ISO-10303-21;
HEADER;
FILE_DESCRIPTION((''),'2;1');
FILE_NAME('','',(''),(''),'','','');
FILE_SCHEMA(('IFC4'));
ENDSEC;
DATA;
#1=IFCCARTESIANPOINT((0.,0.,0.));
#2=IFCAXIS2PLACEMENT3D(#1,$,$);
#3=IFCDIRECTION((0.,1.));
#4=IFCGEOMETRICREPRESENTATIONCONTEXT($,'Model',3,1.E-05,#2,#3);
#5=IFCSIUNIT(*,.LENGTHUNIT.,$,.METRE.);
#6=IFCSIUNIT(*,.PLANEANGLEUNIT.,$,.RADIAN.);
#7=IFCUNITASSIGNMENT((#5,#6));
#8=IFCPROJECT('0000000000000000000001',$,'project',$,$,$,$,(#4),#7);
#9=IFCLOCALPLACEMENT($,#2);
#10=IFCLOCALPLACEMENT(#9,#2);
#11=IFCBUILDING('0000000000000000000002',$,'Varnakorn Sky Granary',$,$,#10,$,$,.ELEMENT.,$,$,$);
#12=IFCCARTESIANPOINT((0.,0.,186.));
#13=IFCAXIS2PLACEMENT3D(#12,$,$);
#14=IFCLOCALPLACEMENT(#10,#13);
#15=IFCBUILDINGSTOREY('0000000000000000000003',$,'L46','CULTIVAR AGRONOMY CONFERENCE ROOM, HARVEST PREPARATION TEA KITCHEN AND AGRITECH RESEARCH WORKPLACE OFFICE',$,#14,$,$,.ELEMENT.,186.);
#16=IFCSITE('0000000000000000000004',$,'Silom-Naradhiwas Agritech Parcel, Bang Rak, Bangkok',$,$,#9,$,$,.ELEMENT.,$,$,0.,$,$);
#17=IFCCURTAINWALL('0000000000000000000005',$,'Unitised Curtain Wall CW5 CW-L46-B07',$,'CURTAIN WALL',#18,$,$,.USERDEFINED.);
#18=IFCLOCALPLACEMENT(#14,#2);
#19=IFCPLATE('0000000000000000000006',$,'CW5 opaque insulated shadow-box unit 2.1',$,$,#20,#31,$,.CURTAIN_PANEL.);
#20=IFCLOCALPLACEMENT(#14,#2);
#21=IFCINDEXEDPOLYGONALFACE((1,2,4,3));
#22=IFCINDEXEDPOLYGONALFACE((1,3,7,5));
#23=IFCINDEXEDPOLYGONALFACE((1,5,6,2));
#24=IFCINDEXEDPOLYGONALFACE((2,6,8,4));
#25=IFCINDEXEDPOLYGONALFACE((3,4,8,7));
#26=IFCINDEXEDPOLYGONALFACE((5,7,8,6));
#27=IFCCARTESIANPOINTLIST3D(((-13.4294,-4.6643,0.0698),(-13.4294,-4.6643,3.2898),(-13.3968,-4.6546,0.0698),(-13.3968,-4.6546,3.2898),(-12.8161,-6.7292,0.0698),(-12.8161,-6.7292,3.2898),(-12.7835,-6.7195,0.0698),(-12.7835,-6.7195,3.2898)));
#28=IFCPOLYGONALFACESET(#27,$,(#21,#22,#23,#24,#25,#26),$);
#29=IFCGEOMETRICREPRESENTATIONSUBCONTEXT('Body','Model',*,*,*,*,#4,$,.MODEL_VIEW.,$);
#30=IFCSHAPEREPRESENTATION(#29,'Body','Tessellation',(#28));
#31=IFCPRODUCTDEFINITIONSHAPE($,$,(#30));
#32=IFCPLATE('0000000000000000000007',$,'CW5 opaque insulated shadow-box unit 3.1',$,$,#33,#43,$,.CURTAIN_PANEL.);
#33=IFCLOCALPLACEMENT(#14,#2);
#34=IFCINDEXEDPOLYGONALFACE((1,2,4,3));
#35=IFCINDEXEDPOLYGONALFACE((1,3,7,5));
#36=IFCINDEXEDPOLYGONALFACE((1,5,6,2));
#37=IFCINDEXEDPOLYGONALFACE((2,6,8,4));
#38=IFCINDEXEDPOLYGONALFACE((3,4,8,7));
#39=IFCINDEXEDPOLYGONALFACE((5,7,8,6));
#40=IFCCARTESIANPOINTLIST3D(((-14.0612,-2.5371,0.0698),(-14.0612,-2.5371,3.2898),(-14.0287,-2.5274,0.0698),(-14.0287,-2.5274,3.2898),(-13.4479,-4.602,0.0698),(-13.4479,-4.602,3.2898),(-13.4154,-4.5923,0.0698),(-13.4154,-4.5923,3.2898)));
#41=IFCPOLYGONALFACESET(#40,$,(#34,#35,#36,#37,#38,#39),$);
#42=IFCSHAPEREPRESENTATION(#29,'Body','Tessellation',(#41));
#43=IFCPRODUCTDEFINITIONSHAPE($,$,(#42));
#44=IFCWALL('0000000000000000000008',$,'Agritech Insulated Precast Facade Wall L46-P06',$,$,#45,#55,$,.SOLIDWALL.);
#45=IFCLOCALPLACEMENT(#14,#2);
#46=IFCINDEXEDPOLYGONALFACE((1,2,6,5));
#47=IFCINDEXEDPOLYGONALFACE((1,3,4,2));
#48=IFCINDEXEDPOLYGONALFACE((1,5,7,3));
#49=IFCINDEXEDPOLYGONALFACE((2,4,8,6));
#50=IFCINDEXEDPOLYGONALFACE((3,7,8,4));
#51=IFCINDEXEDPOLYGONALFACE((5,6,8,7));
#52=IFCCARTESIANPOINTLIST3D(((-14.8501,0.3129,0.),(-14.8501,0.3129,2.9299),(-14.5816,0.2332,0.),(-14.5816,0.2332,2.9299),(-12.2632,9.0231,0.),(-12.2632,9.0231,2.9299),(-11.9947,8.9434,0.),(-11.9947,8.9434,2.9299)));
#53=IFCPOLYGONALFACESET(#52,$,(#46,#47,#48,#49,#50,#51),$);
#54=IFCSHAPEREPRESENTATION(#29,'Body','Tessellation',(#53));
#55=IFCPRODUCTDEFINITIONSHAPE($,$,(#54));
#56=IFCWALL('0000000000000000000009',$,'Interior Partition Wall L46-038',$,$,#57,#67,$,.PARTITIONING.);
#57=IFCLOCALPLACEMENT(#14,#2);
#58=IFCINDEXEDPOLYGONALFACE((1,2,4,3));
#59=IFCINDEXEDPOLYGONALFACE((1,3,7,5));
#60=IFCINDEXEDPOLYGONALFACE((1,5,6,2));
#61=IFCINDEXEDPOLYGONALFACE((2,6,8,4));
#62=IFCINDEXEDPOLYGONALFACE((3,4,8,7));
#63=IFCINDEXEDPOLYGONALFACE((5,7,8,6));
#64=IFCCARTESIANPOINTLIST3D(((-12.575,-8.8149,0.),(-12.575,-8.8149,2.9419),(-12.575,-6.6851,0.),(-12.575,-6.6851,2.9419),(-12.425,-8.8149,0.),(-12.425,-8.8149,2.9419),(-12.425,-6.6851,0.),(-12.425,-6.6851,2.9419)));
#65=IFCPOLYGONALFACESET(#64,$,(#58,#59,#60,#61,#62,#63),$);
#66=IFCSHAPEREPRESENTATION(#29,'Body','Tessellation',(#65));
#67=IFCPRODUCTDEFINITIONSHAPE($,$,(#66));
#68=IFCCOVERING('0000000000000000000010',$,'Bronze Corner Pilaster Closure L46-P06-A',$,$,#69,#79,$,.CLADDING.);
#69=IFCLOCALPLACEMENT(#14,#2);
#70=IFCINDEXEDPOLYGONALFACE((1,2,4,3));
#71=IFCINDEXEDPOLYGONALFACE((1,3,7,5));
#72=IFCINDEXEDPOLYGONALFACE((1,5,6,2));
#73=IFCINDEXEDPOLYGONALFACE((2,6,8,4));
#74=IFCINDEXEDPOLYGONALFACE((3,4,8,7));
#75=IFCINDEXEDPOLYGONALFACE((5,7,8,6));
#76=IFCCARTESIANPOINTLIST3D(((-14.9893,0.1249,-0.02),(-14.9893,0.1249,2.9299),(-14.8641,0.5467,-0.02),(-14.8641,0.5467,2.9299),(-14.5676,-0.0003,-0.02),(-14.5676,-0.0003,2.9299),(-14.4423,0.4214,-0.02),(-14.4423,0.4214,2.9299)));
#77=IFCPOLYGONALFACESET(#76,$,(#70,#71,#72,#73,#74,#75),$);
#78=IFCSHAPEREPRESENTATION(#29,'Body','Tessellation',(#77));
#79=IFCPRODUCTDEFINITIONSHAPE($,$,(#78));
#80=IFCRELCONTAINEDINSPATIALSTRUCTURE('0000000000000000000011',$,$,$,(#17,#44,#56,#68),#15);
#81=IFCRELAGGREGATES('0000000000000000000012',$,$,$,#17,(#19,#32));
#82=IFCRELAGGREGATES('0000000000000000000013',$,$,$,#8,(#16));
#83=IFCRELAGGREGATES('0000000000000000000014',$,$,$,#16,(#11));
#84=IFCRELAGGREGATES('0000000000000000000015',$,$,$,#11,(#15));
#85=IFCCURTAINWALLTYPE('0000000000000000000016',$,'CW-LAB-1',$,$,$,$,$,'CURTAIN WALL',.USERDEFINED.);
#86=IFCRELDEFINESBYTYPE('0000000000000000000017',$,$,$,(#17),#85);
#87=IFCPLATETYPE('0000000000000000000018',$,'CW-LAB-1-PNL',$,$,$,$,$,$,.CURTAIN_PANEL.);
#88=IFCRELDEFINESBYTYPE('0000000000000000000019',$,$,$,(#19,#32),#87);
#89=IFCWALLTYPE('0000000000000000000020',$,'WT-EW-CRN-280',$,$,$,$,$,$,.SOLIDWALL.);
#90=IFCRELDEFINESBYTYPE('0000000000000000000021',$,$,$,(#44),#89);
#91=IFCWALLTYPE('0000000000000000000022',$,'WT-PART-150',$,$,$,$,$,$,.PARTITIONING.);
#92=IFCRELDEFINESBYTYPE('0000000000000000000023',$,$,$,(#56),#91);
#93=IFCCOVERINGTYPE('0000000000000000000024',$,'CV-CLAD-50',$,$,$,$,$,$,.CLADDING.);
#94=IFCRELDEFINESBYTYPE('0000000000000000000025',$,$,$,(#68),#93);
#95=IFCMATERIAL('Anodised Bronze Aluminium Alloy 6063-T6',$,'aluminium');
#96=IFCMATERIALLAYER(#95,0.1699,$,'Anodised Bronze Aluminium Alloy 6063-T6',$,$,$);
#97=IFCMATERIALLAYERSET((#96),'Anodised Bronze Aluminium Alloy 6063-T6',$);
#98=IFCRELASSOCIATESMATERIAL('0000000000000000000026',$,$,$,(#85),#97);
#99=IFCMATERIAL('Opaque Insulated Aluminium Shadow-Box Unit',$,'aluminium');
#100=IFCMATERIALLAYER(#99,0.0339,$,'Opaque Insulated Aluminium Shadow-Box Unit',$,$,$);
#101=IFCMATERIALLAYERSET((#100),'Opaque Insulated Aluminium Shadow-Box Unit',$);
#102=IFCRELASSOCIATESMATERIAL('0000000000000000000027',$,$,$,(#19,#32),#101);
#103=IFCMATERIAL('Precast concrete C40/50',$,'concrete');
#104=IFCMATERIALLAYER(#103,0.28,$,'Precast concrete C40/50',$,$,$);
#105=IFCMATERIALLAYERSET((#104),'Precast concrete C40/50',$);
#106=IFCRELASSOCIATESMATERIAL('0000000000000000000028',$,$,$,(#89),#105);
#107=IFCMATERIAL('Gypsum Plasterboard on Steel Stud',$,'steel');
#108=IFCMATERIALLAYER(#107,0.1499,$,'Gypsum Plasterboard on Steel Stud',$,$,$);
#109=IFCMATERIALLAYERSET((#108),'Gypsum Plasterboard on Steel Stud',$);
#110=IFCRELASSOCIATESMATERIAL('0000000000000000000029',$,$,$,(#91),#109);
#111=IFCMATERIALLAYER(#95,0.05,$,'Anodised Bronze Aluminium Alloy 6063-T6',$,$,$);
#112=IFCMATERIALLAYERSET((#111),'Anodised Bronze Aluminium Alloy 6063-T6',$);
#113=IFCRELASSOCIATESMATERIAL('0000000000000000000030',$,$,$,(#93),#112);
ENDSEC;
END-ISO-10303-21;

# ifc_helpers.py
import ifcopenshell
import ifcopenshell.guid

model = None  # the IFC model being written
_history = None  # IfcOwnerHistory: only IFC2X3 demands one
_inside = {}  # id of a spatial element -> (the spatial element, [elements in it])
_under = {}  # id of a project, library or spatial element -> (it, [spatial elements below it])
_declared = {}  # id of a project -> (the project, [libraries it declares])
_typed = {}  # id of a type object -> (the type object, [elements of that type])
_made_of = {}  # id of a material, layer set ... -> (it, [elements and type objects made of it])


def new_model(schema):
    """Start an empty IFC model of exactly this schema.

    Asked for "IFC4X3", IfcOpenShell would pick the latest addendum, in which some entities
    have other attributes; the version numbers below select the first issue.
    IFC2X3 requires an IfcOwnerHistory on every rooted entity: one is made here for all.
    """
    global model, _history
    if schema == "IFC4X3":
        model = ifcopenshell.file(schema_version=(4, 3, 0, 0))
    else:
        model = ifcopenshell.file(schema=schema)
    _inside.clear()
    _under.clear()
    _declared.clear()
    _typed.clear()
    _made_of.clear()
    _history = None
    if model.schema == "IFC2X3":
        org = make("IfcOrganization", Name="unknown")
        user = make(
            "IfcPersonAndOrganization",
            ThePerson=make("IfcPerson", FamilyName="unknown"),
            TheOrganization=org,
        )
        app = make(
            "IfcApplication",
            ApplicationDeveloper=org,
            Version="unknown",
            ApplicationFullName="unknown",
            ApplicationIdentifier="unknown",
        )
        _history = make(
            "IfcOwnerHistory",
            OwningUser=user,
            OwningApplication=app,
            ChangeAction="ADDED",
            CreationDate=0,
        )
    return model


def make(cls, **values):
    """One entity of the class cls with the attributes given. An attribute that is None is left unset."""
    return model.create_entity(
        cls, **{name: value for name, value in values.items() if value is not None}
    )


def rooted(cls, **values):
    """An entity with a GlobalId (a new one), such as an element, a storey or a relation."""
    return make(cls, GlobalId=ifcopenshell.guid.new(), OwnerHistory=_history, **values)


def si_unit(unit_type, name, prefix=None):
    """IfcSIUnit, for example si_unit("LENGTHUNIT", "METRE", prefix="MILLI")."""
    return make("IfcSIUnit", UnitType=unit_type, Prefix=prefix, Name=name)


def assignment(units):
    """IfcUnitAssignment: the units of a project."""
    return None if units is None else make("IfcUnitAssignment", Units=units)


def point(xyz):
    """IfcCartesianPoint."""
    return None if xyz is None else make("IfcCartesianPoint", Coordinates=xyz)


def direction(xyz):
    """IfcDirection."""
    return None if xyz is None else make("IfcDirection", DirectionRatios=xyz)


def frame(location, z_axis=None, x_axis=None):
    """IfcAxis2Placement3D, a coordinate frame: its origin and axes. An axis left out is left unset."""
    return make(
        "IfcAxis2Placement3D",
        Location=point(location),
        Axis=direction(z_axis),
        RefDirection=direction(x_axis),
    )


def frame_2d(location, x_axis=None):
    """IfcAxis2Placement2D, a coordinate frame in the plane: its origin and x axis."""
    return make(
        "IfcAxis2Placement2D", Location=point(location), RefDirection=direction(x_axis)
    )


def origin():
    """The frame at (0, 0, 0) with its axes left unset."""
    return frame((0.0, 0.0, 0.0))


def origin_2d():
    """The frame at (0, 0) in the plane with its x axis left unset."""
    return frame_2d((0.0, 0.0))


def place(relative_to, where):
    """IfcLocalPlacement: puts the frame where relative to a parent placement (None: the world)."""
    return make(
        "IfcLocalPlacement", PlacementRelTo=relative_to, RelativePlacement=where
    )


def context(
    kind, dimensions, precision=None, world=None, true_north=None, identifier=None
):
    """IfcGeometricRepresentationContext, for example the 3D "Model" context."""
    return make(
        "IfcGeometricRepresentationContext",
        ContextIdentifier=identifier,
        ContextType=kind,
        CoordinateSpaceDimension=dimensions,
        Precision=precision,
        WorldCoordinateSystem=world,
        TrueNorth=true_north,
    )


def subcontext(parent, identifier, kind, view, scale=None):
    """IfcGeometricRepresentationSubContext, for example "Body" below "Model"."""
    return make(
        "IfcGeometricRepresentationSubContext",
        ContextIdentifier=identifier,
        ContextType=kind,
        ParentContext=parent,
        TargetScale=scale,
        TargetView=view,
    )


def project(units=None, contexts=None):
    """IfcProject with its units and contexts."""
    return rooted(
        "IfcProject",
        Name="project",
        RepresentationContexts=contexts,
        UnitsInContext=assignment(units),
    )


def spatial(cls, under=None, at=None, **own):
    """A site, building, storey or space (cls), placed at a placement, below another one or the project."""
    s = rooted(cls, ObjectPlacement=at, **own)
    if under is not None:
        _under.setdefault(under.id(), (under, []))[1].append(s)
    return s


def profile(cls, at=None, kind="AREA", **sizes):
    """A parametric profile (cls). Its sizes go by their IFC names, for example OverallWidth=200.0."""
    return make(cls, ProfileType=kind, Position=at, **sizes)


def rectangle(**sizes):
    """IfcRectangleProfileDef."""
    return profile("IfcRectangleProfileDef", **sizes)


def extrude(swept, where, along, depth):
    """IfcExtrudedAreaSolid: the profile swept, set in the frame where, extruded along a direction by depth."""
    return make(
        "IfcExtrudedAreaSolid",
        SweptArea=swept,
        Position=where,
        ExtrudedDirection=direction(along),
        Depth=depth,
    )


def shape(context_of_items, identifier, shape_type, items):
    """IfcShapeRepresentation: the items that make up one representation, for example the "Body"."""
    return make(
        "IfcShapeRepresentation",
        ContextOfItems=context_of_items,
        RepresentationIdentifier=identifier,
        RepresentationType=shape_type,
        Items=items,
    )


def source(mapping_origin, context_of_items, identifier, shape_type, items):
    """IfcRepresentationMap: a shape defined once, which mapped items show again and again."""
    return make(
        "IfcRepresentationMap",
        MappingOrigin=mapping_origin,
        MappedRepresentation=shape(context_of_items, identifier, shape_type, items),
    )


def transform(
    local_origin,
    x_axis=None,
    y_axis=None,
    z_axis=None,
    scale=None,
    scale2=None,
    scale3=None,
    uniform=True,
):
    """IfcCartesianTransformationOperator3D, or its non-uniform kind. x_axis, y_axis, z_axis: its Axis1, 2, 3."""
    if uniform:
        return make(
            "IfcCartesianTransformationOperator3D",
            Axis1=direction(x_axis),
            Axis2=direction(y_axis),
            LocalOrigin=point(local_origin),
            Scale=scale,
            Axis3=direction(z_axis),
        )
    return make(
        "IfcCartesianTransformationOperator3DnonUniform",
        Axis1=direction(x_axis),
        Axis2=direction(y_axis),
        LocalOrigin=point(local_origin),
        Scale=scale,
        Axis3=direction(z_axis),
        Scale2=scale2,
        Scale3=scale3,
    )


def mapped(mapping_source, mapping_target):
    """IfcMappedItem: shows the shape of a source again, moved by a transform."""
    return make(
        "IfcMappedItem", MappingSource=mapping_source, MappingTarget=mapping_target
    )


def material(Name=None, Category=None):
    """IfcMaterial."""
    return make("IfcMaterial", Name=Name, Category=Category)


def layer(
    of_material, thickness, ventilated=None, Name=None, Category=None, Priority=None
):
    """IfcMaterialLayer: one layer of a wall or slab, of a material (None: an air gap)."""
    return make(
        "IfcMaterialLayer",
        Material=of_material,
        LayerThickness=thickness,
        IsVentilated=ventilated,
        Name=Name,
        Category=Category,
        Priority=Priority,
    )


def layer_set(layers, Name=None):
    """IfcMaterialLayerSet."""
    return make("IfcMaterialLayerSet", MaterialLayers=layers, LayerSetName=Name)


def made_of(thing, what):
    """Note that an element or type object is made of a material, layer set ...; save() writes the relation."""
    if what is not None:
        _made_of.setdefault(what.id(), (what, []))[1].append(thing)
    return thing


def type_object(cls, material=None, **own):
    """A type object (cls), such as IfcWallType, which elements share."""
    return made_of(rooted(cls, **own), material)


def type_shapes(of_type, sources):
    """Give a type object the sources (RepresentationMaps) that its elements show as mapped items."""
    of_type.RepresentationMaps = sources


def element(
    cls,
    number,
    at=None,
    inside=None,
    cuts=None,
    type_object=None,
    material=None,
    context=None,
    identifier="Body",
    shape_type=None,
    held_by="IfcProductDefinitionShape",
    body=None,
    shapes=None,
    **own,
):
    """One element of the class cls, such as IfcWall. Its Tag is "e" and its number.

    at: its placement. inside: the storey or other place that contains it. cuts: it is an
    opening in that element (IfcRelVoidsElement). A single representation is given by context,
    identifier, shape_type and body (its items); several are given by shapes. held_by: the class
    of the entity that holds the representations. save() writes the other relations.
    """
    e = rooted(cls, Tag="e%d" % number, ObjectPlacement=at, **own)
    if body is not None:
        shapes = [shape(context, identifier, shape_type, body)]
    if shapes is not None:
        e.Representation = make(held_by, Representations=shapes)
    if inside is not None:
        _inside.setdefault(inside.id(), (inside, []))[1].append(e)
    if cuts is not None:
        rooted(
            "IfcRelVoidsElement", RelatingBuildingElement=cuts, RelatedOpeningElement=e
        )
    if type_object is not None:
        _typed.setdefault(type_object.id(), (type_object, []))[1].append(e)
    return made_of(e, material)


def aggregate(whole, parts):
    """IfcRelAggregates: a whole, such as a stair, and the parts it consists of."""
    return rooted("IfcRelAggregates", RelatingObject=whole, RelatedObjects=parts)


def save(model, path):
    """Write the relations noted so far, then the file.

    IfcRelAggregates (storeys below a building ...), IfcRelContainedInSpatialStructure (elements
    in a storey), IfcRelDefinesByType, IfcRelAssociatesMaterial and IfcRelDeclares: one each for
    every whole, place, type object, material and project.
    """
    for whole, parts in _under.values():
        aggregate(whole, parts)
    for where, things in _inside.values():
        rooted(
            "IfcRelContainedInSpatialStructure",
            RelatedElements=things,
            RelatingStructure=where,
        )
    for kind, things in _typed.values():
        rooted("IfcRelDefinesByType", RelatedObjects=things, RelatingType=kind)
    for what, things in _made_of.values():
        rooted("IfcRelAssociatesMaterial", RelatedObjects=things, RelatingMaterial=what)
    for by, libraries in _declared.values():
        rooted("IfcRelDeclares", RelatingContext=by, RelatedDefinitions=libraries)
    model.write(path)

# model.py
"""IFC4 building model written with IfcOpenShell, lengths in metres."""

from ifc_helpers import new_model, si_unit, direction, frame, frame_2d, origin, origin_2d, place, context, subcontext, project, spatial, rectangle, extrude, source, transform, mapped, material, layer, layer_set, type_object, type_shapes, element, aggregate, save


model = new_model("IFC4")

# Units and contexts
model_context = context("Model", 3, precision=1e-05, world=origin(), true_north=direction((0.0, 1.0)))
body_context = subcontext(model_context, "Body", "Model", "MODEL_VIEW")
ifc_project = project(units=[si_unit("LENGTHUNIT", "METRE"), si_unit("PLANEANGLEUNIT", "RADIAN")], contexts=[model_context])

# Site, building, storey
site_placement = place(None, origin())
site = spatial("IfcSite", under=ifc_project, at=site_placement, Name="Silom-Naradhiwas Agritech Parcel, Bang Rak, Bangkok", CompositionType="ELEMENT", RefElevation=0.0)
building_placement = place(site_placement, origin())
building = spatial("IfcBuilding", under=site, at=building_placement, Name="Varnakorn Sky Granary", CompositionType="ELEMENT")
storey_placement = place(building_placement, frame((0.0, 0.0, 186.0)))
storey = spatial("IfcBuildingStorey", under=building, at=storey_placement, Name="L46", Description="CULTIVAR AGRONOMY CONFERENCE ROOM, HARVEST PREPARATION TEA KITCHEN AND AGRITECH RESEARCH WORKPLACE OFFICE", CompositionType="ELEMENT", Elevation=186.0)

# Curtain wall
ifc_material_1 = material(Name="Anodised Bronze Aluminium Alloy 6063-T6", Category="aluminium")
ifc_layer_1 = layer(ifc_material_1, 0.1699, Name="Anodised Bronze Aluminium Alloy 6063-T6")
ifc_layer_set_1 = layer_set([ifc_layer_1], Name="Anodised Bronze Aluminium Alloy 6063-T6")
curtain_wall_type = type_object("IfcCurtainWallType", Name="CW-LAB-1", ElementType="CURTAIN WALL", PredefinedType="USERDEFINED", material=ifc_layer_set_1)
curtain_wall_placement = place(storey_placement, origin())
curtain_wall = element("IfcCurtainWall", 1, at=curtain_wall_placement, inside=storey, type_object=curtain_wall_type, Name="Unitised Curtain Wall CW5 CW-L46-B07", ObjectType="CURTAIN WALL", PredefinedType="USERDEFINED")

# Plates
plate_type = type_object("IfcPlateType", Name="CW-LAB-1-PNL", PredefinedType="CURTAIN_PANEL")
ifc_material_2 = material(Name="Opaque Insulated Aluminium Shadow-Box Unit", Category="aluminium")
ifc_layer_2 = layer(ifc_material_2, 0.0339, Name="Opaque Insulated Aluminium Shadow-Box Unit")
ifc_layer_set_2 = layer_set([ifc_layer_2], Name="Opaque Insulated Aluminium Shadow-Box Unit")
shared_shape_1 = source(origin(), body_context, "Body", "SweptSolid", [
    extrude(rectangle(XDim=2.1541, YDim=0.0339, at=origin_2d()), origin(), (0.0, 0.0, 1.0), 3.22),
])
plate_1_placement = place(storey_placement, frame((-13.1064, -5.6919, 0.0698), z_axis=(0.0, 0.0, 1.0), x_axis=(-0.28471, 0.958614, 0.0)))
plate_1 = element("IfcPlate", 2, at=plate_1_placement, type_object=plate_type, material=ifc_layer_set_2, Name="CW5 opaque insulated shadow-box unit 2.1", PredefinedType="CURTAIN_PANEL", context=body_context, shape_type="MappedRepresentation", body=[
    mapped(shared_shape_1, transform((0.0, 0.0, 0.0), x_axis=(1.0, 0.0, 0.0), y_axis=(0.0, 1.0, 0.0), z_axis=(0.0, 0.0, 1.0), scale=1.0)),
])
plate_2_placement = place(storey_placement, frame((-13.7383, -3.5647, 0.0698), z_axis=(0.0, 0.0, 1.0), x_axis=(-0.28471, 0.958614, 0.0)))
plate_2 = element("IfcPlate", 3, at=plate_2_placement, type_object=plate_type, material=ifc_layer_set_2, Name="CW5 opaque insulated shadow-box unit 3.1", PredefinedType="CURTAIN_PANEL", context=body_context, shape_type="MappedRepresentation", body=[
    mapped(shared_shape_1, transform((0.0, 0.0, 0.0), x_axis=(1.0, 0.0, 0.0), y_axis=(0.0, 1.0, 0.0), z_axis=(0.0, 0.0, 1.0), scale=1.0)),
])
aggregate(curtain_wall, [plate_1, plate_2])

# Walls
ifc_material_3 = material(Name="Precast concrete C40/50", Category="concrete")
ifc_layer_3 = layer(ifc_material_3, 0.28, Name="Precast concrete C40/50")
ifc_layer_set_3 = layer_set([ifc_layer_3], Name="Precast concrete C40/50")
wall_type_1 = type_object("IfcWallType", Name="WT-EW-CRN-280", PredefinedType="SOLIDWALL", material=ifc_layer_set_3)
wall_1_placement = place(storey_placement, frame((-14.7158, 0.2732, 0.0), z_axis=(0.0, 0.0, 1.0), x_axis=(0.284707, 0.958615, 0.0)))
element("IfcWall", 4, at=wall_1_placement, inside=storey, type_object=wall_type_1, Name="Agritech Insulated Precast Facade Wall L46-P06", PredefinedType="SOLIDWALL", context=body_context, shape_type="SweptSolid", body=[
    extrude(rectangle(XDim=9.0862, YDim=0.28, at=frame_2d((4.543, 0.0))), origin(), (0.0, 0.0, 1.0), 2.9299),
])
ifc_material_4 = material(Name="Gypsum Plasterboard on Steel Stud", Category="steel")
ifc_layer_4 = layer(ifc_material_4, 0.1499, Name="Gypsum Plasterboard on Steel Stud")
ifc_layer_set_4 = layer_set([ifc_layer_4], Name="Gypsum Plasterboard on Steel Stud")
wall_type_2 = type_object("IfcWallType", Name="WT-PART-150", PredefinedType="PARTITIONING", material=ifc_layer_set_4)
wall_2_placement = place(storey_placement, frame((-12.5, -6.6851, 0.0), z_axis=(0.0, 0.0, 1.0), x_axis=(0.0, -1.0, 0.0)))
element("IfcWall", 5, at=wall_2_placement, inside=storey, type_object=wall_type_2, Name="Interior Partition Wall L46-038", PredefinedType="PARTITIONING", context=body_context, shape_type="SweptSolid", body=[
    extrude(rectangle(XDim=2.1299, YDim=0.1499, at=frame_2d((1.0649, 0.0))), origin(), (0.0, 0.0, 1.0), 2.9419),
])

# Covering
ifc_layer_5 = layer(ifc_material_1, 0.05, Name="Anodised Bronze Aluminium Alloy 6063-T6")
ifc_layer_set_5 = layer_set([ifc_layer_5], Name="Anodised Bronze Aluminium Alloy 6063-T6")
covering_type = type_object("IfcCoveringType", Name="CV-CLAD-50", PredefinedType="CLADDING", material=ifc_layer_set_5)
shared_shape_2 = source(origin(), body_context, "Body", "SweptSolid", [
    extrude(rectangle(XDim=0.4399, YDim=0.4399, at=origin_2d()), origin(), (0.0, 0.0, 1.0), 2.95),
])
type_shapes(covering_type, [shared_shape_2])
covering_placement = place(storey_placement, frame((-14.7158, 0.2732, -0.02), z_axis=(0.0, 0.0, 1.0), x_axis=(0.284685, 0.958621, 0.0)))
element("IfcCovering", 6, at=covering_placement, inside=storey, type_object=covering_type, Name="Bronze Corner Pilaster Closure L46-P06-A", PredefinedType="CLADDING", context=body_context, shape_type="MappedRepresentation", body=[
    mapped(shared_shape_2, transform((0.0, 0.0, 0.0), x_axis=(1.0, 0.0, 0.0), y_axis=(0.0, 1.0, 0.0), z_axis=(0.0, 0.0, 1.0), scale=1.0)),
])

save(model, "model.ifc")
